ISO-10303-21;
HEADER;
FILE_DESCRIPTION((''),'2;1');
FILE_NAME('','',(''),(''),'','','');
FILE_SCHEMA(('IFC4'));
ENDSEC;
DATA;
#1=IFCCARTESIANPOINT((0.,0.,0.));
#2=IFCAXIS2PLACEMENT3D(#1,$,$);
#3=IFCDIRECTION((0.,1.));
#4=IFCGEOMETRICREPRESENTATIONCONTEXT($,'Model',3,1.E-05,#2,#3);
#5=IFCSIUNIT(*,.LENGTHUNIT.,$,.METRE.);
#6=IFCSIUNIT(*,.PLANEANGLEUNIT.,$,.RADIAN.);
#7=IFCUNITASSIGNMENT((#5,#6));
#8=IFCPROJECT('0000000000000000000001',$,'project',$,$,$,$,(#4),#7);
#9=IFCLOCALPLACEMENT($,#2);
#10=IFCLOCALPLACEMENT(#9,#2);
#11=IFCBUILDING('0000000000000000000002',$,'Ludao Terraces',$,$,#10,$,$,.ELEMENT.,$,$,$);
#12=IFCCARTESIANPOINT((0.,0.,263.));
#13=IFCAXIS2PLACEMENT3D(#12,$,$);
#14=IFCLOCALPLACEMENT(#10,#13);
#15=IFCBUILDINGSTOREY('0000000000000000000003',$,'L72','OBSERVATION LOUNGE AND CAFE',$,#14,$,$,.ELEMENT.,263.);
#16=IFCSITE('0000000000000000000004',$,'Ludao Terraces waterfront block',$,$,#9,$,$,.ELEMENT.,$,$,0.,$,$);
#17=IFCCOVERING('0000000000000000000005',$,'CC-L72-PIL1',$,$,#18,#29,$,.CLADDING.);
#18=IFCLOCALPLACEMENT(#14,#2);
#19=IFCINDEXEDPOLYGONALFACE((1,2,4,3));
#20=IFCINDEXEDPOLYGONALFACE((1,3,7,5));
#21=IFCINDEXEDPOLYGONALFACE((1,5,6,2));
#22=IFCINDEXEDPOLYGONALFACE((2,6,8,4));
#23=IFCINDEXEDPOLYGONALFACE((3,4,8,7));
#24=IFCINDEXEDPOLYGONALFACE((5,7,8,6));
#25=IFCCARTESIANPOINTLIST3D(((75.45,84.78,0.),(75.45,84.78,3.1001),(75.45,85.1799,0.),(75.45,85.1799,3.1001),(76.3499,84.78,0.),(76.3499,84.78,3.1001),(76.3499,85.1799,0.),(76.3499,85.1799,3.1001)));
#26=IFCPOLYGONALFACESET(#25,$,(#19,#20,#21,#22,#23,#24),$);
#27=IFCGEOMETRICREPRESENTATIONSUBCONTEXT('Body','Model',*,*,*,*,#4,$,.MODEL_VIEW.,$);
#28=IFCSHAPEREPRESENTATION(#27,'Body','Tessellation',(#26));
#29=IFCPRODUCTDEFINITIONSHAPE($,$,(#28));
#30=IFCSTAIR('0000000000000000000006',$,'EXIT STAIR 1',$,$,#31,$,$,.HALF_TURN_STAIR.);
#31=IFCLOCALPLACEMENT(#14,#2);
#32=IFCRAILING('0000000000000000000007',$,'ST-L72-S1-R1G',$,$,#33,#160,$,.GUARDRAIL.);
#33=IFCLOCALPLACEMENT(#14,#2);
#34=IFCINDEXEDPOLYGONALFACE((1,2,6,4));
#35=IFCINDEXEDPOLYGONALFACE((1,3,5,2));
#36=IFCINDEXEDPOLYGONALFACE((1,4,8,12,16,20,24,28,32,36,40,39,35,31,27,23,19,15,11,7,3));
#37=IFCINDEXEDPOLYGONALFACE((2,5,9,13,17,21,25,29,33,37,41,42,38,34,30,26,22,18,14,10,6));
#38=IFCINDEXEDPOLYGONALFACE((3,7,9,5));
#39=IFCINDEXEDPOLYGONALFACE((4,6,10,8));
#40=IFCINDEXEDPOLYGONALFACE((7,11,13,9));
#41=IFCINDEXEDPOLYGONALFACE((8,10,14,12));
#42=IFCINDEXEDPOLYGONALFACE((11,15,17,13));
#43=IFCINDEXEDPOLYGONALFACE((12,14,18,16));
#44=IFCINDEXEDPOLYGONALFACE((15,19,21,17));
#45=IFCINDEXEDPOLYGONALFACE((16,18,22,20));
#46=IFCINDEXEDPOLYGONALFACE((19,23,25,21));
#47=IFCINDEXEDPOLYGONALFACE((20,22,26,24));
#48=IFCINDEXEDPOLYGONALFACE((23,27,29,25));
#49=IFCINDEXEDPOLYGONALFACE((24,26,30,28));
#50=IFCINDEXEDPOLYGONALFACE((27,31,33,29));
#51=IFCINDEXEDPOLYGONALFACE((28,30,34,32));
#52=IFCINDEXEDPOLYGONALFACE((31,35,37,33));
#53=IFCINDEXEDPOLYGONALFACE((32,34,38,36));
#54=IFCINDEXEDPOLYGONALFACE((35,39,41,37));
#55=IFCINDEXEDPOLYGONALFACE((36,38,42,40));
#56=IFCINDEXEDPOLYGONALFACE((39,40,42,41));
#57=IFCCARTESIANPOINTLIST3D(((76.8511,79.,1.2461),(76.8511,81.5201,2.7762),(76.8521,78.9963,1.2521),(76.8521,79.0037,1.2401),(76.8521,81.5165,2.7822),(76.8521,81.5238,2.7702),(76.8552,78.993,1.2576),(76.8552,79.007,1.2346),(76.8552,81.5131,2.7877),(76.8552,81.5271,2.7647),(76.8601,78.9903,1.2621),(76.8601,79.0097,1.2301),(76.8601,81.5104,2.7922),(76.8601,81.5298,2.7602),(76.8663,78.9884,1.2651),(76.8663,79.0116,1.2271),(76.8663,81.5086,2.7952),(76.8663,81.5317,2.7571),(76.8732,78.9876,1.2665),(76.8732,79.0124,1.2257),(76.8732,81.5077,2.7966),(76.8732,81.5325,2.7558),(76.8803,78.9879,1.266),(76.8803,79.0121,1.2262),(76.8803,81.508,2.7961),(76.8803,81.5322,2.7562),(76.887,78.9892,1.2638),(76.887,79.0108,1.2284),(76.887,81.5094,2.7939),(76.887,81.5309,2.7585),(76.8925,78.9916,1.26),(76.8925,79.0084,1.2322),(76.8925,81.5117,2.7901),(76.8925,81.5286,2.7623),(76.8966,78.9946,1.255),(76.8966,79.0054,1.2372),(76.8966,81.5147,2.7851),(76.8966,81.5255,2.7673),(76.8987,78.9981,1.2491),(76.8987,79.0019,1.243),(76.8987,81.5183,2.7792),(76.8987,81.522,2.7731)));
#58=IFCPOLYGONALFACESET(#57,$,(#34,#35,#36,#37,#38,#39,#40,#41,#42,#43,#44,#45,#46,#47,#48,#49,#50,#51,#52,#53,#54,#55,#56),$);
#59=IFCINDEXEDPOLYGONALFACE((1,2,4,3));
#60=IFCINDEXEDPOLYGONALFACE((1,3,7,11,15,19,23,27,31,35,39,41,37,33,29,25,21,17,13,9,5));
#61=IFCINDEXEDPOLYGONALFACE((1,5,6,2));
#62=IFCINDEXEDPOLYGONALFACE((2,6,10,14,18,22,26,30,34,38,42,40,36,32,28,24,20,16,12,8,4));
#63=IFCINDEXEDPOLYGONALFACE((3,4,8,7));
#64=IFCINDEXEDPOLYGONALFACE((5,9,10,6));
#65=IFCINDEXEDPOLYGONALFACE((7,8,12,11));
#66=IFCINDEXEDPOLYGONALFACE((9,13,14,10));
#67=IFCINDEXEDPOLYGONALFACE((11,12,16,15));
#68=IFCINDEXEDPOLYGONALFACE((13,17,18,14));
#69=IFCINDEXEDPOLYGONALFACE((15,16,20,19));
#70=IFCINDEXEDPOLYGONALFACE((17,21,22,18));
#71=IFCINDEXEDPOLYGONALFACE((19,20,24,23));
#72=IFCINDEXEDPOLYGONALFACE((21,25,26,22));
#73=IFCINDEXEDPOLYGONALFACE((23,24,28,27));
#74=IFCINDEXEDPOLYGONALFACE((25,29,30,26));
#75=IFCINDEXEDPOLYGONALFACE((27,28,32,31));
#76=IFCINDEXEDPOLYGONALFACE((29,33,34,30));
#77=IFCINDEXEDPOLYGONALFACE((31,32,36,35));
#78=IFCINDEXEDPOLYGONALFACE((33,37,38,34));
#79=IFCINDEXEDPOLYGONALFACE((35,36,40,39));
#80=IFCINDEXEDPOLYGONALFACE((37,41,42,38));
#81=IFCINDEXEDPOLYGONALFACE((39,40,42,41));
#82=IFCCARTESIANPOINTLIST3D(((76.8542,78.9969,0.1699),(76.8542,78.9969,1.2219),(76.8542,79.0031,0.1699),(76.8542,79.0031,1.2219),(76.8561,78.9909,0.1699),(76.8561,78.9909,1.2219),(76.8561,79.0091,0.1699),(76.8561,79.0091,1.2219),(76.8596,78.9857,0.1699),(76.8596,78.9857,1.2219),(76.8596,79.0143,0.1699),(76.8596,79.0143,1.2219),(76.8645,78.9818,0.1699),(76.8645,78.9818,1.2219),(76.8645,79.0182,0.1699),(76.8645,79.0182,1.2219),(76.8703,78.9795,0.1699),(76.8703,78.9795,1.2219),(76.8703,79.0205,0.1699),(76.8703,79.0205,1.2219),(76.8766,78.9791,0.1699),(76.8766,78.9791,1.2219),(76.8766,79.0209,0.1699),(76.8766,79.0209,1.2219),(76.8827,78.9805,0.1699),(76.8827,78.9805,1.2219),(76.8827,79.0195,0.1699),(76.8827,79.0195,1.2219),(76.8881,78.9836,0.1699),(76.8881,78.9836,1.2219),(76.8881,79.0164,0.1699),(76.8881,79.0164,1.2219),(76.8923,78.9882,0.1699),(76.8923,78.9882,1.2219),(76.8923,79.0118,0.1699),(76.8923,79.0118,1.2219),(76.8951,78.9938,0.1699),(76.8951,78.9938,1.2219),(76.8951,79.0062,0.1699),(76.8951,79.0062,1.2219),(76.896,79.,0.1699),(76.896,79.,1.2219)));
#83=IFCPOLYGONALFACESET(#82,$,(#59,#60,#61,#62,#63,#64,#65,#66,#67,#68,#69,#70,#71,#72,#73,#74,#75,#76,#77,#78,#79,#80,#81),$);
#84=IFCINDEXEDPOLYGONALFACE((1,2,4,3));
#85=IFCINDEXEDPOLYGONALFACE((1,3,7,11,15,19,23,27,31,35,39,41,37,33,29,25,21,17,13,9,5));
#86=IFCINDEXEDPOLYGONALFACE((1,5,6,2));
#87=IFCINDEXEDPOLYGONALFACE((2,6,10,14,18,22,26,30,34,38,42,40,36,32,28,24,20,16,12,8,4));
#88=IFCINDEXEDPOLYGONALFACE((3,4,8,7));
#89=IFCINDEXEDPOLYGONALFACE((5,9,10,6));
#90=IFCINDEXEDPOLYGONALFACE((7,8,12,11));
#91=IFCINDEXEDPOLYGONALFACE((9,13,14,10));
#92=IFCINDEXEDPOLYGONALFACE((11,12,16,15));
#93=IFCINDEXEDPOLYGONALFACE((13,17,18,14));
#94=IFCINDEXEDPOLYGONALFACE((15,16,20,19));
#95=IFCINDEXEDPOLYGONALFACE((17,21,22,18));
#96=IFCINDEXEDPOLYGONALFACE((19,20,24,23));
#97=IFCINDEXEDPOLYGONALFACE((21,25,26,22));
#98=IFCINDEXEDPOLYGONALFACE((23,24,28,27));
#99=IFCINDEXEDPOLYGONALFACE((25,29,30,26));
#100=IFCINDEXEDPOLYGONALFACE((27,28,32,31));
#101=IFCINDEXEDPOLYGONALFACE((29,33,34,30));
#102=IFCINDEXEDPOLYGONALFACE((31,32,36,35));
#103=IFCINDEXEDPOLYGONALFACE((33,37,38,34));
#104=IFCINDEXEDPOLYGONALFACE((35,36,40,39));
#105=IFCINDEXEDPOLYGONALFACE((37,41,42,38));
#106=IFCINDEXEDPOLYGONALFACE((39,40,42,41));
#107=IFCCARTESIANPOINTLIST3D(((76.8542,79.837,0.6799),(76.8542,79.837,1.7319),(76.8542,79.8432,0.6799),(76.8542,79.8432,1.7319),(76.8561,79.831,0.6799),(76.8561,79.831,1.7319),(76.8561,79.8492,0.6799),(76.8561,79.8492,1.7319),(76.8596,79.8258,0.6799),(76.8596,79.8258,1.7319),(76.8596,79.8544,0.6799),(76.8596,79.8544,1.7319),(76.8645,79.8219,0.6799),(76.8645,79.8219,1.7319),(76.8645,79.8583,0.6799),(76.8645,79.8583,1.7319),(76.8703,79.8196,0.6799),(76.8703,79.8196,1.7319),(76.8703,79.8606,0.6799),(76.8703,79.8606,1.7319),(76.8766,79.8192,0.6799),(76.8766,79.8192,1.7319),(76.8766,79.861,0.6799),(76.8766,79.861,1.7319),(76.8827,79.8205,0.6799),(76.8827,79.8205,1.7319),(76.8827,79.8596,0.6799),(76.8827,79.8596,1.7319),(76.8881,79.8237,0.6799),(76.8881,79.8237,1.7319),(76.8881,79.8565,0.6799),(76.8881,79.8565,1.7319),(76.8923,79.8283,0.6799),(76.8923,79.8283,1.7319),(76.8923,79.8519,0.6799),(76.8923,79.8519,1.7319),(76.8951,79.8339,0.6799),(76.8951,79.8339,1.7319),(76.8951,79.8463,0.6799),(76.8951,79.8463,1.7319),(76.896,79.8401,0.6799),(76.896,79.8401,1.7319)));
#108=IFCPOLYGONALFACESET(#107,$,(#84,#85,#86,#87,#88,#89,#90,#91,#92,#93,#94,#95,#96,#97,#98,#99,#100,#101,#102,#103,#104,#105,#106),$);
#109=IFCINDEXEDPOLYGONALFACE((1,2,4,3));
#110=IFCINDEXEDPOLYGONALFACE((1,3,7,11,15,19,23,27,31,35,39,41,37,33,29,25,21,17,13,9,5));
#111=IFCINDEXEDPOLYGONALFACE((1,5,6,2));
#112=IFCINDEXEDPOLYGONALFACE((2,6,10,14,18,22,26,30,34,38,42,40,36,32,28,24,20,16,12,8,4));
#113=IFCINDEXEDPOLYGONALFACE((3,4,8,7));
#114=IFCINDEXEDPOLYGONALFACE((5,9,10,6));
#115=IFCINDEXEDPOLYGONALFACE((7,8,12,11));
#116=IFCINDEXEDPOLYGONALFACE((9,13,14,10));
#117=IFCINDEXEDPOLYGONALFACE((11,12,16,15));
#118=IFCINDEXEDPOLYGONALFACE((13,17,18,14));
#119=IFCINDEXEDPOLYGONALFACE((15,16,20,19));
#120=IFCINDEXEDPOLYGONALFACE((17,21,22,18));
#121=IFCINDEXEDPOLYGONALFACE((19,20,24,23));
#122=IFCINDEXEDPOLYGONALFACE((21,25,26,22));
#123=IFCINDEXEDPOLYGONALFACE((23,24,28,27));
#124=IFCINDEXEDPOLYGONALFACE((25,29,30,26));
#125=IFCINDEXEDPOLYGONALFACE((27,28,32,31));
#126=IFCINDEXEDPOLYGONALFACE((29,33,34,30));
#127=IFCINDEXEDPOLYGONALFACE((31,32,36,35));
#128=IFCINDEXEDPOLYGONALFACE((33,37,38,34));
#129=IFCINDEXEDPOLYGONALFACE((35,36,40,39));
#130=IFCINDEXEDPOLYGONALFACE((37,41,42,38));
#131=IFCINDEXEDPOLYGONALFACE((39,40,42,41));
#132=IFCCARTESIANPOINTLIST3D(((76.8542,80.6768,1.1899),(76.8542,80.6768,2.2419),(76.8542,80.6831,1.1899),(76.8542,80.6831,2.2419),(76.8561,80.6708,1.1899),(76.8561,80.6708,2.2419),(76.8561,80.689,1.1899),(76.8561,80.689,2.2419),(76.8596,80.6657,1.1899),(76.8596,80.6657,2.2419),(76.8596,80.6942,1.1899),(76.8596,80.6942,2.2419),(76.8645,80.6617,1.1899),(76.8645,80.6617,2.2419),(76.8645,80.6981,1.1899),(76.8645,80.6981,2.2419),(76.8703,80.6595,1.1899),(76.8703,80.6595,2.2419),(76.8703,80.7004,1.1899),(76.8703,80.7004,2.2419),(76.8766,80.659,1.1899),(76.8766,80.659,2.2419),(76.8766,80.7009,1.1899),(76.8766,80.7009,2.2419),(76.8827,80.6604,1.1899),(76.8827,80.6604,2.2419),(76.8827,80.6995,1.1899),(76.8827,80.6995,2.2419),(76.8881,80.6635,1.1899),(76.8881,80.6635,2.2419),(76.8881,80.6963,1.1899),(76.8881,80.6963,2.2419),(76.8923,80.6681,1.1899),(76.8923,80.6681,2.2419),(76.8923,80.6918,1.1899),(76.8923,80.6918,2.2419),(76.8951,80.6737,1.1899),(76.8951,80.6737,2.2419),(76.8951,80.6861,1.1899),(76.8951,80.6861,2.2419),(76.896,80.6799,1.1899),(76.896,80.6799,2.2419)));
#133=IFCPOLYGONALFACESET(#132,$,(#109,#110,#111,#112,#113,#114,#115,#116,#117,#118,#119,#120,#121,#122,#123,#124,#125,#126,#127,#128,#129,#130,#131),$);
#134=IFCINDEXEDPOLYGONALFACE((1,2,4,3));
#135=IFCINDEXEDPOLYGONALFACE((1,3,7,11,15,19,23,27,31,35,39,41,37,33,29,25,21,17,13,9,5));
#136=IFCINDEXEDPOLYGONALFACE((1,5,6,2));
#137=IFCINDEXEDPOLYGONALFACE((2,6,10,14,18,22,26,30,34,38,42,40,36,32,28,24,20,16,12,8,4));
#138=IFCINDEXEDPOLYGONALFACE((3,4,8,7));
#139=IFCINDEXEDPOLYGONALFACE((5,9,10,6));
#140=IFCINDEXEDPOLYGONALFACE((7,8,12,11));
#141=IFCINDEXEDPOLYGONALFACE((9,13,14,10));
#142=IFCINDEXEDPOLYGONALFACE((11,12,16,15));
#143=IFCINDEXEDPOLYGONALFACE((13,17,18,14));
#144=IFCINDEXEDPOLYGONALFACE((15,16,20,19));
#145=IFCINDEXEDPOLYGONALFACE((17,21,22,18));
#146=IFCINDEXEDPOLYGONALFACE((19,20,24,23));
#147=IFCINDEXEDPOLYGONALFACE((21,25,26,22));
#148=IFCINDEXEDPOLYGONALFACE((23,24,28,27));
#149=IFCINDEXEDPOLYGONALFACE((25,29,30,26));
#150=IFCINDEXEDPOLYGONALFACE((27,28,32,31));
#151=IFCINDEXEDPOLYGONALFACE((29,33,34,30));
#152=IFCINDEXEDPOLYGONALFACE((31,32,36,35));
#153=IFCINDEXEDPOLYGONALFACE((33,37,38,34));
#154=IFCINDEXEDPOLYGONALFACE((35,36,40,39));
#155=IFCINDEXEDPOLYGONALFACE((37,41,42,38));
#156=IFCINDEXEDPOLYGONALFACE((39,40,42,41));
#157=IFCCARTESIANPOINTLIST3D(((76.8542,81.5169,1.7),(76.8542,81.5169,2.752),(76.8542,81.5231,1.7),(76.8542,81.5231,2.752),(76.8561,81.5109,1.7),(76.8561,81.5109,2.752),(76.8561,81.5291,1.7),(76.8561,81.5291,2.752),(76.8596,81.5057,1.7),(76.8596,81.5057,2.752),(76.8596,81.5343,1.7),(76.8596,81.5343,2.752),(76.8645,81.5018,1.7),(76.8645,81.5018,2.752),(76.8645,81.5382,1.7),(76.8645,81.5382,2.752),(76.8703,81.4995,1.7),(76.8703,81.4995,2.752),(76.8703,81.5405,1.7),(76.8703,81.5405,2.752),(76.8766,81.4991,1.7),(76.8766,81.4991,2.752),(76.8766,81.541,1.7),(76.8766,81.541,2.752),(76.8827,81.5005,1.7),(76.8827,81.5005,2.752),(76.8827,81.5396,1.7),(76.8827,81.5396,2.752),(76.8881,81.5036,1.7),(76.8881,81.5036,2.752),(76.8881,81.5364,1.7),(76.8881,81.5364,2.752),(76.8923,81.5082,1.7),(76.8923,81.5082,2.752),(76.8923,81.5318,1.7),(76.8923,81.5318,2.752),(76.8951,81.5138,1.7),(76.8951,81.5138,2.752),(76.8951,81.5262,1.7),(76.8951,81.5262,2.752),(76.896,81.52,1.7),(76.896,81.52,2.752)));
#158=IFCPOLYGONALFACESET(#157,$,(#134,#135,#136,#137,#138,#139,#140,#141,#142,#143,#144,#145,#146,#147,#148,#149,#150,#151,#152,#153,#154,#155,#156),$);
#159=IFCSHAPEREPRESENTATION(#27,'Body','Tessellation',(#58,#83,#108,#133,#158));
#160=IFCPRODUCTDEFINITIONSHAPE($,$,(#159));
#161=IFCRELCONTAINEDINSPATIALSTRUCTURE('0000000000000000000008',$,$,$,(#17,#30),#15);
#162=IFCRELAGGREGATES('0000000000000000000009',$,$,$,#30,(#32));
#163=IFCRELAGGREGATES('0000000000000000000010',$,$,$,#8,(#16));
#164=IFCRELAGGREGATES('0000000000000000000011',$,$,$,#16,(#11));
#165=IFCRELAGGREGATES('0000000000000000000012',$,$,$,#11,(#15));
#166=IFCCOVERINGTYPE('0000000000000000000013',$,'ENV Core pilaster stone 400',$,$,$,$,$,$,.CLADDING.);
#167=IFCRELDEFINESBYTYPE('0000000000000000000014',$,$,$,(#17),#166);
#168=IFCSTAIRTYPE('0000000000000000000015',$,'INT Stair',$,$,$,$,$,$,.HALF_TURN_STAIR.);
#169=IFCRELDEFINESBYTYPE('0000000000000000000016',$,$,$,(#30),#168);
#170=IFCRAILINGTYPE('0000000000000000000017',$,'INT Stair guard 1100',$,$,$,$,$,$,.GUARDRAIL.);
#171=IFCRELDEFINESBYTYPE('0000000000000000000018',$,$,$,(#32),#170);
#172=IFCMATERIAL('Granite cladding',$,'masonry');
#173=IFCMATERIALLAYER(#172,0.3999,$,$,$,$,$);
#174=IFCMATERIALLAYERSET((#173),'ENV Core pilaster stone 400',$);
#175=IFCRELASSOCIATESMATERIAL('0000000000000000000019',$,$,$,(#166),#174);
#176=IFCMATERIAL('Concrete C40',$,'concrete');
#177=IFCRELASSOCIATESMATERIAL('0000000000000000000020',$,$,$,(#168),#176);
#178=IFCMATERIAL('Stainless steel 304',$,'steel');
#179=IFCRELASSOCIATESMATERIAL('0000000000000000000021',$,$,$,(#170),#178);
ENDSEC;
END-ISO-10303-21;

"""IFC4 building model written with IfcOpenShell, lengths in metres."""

from ifc_helpers import new_model, si_unit, direction, frame, origin, origin_2d, place, context, subcontext, project, spatial, rectangle, circle, extrude, material, layer, layer_set, type_object, element, aggregate, save


model = new_model("IFC4")

# Units and contexts
model_context = context("Model", 3, precision=1e-05, world=origin(), true_north=direction((0.0, 1.0)))
body_context = subcontext(model_context, "Body", "Model", "MODEL_VIEW")
ifc_project = project(units=[si_unit("LENGTHUNIT", "METRE"), si_unit("PLANEANGLEUNIT", "RADIAN")], contexts=[model_context])

# Site, building, storey
site_placement = place(None, origin())
site = spatial("IfcSite", under=ifc_project, at=site_placement, Name="Ludao Terraces waterfront block", CompositionType="ELEMENT", RefElevation=0.0)
building_placement = place(site_placement, origin())
building = spatial("IfcBuilding", under=site, at=building_placement, Name="Ludao Terraces", CompositionType="ELEMENT")
storey_placement = place(building_placement, frame((0.0, 0.0, 263.0)))
storey = spatial("IfcBuildingStorey", under=building, at=storey_placement, Name="L72", Description="OBSERVATION LOUNGE AND CAFE", CompositionType="ELEMENT", Elevation=263.0)

# Shared definitions
ifc_material_1 = material(Name="Concrete C40", Category="concrete")

# Shared definitions
ifc_material_2 = material(Name="Granite cladding", Category="masonry")

# Covering
ifc_layer_1 = layer(ifc_material_2, 0.3999)
ifc_layer_set_1 = layer_set([ifc_layer_1], Name="ENV Core pilaster stone 400")
covering_type = type_object("IfcCoveringType", Name="ENV Core pilaster stone 400", PredefinedType="CLADDING", material=ifc_layer_set_1)
covering_placement = place(storey_placement, frame((75.8999, 84.98, 0.0), z_axis=(0.0, 0.0, 1.0), x_axis=(1.0, 0.0, 0.0)))
element("IfcCovering", 1, at=covering_placement, inside=storey, type_object=covering_type, Name="CC-L72-PIL1", PredefinedType="CLADDING", context=body_context, shape_type="SweptSolid", body=[
    extrude(rectangle(XDim=0.8999, YDim=0.3999, at=origin_2d()), origin(), (0.0, 0.0, 1.0), 3.1001),
])

# Stair, railing
stair_type = type_object("IfcStairType", Name="INT Stair", PredefinedType="HALF_TURN_STAIR", material=ifc_material_1)
stair_placement = place(storey_placement, origin())
stair = element("IfcStair", 2, at=stair_placement, inside=storey, type_object=stair_type, Name="EXIT STAIR 1", PredefinedType="HALF_TURN_STAIR")
ifc_material_3 = material(Name="Stainless steel 304", Category="steel")
railing_type_1 = type_object("IfcRailingType", Name="INT Stair guard 1100", PredefinedType="GUARDRAIL", material=ifc_material_3)
railing_1_placement = place(storey_placement, frame((76.875, 79.0, 0.1699)))
railing_1 = element("IfcRailing", 3, at=railing_1_placement, type_object=railing_type_1, Name="ST-L72-S1-R1G", PredefinedType="GUARDRAIL", context=body_context, shape_type="SweptSolid", body=[
    extrude(circle(Radius=0.0239, at=origin_2d()), frame((0.0, 0.0, 1.0762), z_axis=(0.0, 0.854785, 0.518982), x_axis=(-1.0, 0.0, 0.0)), (0.0, 0.0, 1.0), 2.9482),
    extrude(circle(Radius=0.021, at=origin_2d()), origin(), (0.0, 0.0, 1.0), 1.052),
    extrude(circle(Radius=0.021, at=origin_2d()), frame((0.0, 0.8401, 0.51)), (0.0, 0.0, 1.0), 1.052),
    extrude(circle(Radius=0.021, at=origin_2d()), frame((0.0, 1.6799, 1.02)), (0.0, 0.0, 1.0), 1.052),
    extrude(circle(Radius=0.021, at=origin_2d()), frame((0.0, 2.52, 1.53)), (0.0, 0.0, 1.0), 1.052),
])
aggregate(stair, [railing_1])

save(model, "model.ifc")
